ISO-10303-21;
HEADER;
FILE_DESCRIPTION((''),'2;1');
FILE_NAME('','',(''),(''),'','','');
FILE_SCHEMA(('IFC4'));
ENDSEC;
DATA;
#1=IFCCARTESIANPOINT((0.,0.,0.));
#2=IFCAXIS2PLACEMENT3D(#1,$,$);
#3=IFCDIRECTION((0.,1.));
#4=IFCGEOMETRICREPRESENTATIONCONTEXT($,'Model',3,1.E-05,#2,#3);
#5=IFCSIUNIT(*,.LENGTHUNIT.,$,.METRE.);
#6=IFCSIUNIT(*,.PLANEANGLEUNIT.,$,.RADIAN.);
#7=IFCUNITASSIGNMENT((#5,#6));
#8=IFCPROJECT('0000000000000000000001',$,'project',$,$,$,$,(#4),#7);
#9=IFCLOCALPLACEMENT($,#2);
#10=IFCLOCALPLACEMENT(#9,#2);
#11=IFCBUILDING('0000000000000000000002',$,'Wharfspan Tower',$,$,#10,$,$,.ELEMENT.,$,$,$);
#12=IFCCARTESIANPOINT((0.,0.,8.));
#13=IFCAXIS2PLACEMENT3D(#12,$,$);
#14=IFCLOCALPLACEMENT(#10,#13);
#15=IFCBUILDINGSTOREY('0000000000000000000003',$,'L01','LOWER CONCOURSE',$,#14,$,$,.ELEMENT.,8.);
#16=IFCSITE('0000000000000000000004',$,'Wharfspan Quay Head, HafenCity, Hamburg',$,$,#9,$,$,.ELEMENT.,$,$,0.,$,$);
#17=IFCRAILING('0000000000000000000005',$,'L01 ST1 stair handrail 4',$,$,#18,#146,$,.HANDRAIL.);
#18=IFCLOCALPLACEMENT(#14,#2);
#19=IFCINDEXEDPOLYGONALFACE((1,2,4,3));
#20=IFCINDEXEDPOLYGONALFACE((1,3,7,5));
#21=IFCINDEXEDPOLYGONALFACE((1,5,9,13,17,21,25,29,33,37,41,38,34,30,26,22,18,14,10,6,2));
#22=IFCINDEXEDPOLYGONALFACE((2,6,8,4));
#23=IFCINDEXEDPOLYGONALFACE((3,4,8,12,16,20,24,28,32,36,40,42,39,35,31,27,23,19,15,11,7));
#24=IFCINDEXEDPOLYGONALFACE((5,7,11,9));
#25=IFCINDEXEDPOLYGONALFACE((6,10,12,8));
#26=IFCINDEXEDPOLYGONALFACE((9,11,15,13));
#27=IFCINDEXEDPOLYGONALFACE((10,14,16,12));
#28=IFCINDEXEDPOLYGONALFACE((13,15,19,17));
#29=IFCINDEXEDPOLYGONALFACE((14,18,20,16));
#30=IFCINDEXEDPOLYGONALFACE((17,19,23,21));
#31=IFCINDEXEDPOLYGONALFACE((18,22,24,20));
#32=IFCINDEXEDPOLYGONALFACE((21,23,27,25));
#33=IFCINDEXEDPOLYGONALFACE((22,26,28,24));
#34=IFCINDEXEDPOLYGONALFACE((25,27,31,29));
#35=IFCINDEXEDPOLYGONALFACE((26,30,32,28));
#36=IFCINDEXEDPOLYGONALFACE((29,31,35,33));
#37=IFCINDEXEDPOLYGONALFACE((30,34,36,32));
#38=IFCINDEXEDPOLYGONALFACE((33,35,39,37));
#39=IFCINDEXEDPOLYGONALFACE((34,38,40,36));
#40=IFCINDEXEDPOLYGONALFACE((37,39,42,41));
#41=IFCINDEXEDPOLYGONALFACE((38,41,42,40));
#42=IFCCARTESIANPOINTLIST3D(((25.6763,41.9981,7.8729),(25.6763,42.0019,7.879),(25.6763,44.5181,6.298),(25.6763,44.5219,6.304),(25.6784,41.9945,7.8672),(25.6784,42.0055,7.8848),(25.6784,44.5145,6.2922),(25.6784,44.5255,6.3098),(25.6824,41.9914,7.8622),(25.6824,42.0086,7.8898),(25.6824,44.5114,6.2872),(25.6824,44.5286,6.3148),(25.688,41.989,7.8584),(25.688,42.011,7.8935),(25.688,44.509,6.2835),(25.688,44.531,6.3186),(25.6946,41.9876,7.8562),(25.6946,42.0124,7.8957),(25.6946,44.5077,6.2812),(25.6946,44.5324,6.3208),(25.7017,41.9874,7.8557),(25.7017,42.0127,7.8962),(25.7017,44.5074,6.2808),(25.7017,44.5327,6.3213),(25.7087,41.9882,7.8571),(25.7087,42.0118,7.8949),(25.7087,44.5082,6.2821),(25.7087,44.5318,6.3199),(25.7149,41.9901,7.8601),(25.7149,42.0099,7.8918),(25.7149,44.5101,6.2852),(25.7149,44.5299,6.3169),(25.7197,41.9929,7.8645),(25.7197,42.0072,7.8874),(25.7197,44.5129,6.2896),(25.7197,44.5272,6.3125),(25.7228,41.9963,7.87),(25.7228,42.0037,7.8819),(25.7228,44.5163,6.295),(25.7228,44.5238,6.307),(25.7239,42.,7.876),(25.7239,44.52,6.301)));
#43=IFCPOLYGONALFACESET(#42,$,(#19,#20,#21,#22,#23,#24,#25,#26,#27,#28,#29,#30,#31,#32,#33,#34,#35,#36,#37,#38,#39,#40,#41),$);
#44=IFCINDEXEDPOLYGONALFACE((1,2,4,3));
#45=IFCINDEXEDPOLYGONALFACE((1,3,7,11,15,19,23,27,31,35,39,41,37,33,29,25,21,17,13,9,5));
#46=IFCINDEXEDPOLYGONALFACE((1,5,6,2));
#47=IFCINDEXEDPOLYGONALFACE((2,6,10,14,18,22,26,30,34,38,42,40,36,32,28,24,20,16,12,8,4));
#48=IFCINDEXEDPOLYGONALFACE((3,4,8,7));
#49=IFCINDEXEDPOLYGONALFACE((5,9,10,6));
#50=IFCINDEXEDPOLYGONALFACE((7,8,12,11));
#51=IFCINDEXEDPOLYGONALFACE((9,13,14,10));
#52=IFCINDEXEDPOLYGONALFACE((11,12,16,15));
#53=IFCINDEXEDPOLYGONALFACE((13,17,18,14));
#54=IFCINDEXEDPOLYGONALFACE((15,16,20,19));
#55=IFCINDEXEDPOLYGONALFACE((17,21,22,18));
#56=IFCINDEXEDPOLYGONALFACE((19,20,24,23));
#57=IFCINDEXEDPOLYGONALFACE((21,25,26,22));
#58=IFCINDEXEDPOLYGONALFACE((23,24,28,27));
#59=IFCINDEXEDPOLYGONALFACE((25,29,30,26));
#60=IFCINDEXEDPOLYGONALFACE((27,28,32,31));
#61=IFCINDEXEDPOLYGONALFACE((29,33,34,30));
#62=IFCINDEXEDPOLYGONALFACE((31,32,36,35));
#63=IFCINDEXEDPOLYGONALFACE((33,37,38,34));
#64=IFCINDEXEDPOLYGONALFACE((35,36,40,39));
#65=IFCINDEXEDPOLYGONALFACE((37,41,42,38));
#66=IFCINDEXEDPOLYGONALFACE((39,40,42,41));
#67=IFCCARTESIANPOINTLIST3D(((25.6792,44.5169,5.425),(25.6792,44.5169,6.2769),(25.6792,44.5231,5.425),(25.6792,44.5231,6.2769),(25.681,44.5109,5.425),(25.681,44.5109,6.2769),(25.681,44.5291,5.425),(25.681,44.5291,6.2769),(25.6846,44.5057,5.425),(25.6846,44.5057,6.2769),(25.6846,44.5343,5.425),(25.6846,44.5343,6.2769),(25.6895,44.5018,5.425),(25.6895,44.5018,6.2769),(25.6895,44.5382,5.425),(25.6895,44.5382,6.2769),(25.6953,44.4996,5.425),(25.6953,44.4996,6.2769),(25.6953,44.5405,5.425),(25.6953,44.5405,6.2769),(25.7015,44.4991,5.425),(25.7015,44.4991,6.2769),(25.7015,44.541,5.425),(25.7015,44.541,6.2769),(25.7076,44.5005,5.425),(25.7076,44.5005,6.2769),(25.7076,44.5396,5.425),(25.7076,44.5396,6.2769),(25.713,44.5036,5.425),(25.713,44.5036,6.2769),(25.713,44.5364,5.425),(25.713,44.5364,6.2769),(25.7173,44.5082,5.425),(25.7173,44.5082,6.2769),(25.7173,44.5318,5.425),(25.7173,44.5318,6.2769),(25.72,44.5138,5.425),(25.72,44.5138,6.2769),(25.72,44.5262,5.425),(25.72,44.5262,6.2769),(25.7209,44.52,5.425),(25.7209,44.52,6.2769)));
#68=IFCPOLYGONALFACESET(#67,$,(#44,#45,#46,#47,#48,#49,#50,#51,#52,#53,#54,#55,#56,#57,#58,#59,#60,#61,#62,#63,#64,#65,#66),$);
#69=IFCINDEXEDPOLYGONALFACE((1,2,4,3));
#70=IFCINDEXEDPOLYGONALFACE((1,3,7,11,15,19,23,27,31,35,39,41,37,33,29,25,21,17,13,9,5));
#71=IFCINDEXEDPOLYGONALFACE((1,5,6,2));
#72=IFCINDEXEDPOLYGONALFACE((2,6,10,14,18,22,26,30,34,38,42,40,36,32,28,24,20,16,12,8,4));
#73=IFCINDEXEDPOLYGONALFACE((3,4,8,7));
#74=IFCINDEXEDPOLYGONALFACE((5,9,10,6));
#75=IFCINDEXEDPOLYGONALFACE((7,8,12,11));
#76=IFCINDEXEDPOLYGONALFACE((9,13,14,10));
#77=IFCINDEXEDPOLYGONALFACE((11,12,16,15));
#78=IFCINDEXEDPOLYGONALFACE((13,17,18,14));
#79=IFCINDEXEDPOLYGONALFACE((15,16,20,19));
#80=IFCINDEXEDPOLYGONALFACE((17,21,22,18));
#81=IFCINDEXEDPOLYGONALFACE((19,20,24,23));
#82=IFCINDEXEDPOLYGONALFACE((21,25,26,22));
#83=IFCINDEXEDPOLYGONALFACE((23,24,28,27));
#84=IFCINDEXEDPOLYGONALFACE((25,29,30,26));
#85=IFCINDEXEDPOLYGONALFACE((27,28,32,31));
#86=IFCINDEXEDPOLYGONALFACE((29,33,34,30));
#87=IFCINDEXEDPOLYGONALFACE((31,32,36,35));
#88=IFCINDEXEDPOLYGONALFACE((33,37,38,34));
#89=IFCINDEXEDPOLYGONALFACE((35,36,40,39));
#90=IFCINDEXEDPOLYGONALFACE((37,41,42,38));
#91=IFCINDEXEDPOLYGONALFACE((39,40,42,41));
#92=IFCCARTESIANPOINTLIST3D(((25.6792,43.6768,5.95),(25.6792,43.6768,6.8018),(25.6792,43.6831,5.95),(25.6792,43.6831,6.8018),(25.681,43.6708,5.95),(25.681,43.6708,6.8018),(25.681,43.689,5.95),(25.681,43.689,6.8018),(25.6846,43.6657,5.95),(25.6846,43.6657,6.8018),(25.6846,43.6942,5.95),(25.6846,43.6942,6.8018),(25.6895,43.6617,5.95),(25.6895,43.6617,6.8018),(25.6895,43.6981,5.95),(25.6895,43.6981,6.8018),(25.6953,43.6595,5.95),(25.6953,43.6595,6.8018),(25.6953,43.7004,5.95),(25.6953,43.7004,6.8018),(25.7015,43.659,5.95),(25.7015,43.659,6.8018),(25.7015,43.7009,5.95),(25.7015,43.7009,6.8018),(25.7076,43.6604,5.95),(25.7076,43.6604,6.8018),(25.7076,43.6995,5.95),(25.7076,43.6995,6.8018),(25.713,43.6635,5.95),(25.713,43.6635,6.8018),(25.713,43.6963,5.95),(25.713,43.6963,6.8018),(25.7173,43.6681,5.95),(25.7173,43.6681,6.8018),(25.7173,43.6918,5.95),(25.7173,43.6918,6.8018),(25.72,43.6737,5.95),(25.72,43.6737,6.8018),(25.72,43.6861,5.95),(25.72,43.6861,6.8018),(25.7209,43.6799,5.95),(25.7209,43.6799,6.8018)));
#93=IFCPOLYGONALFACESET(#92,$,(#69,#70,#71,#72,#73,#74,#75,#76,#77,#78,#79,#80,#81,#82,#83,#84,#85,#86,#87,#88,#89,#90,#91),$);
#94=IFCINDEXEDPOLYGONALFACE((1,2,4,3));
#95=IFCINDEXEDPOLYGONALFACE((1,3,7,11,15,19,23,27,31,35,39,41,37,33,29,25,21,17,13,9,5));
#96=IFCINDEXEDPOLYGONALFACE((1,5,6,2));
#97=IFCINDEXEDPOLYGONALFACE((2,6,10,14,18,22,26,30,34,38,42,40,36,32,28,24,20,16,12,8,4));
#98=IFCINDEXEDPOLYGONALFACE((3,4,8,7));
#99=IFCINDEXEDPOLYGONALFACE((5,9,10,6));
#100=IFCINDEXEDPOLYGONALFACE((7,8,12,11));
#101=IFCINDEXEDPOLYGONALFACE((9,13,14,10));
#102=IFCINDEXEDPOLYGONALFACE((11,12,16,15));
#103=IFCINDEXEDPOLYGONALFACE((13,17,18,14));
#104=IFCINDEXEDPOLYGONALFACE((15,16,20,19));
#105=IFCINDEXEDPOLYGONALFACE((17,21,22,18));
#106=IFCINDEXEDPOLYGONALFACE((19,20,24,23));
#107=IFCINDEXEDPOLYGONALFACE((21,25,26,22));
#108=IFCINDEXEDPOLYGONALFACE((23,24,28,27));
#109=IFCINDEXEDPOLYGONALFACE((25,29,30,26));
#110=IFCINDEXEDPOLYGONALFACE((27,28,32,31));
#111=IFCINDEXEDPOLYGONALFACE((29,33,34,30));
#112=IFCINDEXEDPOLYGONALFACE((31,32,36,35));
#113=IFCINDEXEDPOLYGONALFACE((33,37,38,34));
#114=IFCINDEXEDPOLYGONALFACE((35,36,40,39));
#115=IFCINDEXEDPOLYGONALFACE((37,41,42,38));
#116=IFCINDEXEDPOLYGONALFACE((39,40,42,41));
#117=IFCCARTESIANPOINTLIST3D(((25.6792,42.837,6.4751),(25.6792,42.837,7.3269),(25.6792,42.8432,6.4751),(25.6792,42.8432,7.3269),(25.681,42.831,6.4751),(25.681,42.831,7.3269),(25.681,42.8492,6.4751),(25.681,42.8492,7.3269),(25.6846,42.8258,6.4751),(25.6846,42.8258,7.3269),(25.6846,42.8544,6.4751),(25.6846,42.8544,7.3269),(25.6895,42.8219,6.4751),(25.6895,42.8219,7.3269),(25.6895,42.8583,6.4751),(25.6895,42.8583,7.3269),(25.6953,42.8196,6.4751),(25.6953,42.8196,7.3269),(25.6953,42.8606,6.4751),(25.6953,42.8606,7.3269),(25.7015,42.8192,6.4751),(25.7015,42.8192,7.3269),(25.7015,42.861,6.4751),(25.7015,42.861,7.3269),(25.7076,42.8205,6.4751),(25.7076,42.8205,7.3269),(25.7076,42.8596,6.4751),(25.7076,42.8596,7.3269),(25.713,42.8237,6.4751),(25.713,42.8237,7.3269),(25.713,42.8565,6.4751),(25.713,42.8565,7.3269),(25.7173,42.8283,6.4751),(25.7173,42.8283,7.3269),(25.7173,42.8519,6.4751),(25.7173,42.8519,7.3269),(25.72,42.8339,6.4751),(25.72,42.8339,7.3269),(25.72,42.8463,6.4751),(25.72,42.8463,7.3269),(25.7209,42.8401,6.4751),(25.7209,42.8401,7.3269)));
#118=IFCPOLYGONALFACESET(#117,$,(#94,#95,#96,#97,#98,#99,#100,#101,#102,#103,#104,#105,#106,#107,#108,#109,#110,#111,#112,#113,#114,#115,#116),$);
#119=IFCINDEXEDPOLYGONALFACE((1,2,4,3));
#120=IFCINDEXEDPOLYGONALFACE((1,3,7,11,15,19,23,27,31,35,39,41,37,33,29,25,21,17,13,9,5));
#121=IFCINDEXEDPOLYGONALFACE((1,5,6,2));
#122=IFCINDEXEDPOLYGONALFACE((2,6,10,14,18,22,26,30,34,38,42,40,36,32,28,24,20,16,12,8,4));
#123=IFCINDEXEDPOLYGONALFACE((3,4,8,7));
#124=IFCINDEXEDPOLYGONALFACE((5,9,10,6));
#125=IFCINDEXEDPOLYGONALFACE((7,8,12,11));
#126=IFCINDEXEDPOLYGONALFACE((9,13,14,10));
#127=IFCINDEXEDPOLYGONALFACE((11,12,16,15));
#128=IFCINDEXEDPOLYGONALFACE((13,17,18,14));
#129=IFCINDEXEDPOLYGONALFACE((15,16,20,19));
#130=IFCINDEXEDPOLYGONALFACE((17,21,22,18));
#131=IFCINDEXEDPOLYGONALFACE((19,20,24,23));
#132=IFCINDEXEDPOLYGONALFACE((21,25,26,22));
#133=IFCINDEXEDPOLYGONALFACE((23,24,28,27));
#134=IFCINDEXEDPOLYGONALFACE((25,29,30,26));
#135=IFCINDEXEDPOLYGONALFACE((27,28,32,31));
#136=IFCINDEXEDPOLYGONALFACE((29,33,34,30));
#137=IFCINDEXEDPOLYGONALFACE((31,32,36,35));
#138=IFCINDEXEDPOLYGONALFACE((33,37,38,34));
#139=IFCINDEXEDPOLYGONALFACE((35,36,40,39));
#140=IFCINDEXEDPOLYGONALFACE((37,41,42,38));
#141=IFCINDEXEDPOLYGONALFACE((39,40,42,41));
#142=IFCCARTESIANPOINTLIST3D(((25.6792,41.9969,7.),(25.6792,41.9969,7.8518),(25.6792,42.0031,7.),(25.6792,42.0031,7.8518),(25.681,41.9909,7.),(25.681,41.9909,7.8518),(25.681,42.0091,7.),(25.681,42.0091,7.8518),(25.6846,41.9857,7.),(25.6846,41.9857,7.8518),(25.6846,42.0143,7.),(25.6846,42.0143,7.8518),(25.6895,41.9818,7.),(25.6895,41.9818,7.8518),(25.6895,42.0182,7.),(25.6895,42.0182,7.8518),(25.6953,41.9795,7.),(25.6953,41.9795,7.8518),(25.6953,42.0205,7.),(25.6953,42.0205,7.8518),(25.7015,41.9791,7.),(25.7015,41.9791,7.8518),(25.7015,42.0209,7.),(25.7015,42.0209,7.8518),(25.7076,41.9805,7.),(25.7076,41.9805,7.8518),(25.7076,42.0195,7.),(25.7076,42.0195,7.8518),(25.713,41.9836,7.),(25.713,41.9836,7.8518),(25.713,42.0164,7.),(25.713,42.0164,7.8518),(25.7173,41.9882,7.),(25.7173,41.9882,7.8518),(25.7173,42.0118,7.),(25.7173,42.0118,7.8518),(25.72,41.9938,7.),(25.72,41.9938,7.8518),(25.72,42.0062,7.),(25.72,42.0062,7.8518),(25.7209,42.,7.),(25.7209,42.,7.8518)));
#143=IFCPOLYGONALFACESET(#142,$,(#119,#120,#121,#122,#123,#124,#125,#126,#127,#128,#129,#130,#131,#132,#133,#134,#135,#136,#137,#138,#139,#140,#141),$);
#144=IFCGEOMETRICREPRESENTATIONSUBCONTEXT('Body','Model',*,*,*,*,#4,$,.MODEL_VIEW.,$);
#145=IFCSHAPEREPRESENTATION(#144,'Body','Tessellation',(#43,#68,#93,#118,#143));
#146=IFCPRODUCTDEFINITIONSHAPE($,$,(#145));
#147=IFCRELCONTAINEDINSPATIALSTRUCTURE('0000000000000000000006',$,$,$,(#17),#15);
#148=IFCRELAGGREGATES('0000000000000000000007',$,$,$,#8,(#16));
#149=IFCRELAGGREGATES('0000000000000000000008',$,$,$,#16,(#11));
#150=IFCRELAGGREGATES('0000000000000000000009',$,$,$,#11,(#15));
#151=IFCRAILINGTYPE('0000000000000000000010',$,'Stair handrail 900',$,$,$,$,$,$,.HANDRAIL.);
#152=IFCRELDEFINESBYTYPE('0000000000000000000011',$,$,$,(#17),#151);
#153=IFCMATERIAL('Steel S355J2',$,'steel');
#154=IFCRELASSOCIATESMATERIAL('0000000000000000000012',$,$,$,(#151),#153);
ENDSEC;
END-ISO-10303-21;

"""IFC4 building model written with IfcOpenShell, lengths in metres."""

from ifc_helpers import new_model, si_unit, direction, frame, origin, origin_2d, place, context, subcontext, project, spatial, circle, extrude, material, type_object, element, save


model = new_model("IFC4")

# Units and contexts
model_context = context("Model", 3, precision=1e-05, world=origin(), true_north=direction((0.0, 1.0)))
body_context = subcontext(model_context, "Body", "Model", "MODEL_VIEW")
ifc_project = project(units=[si_unit("LENGTHUNIT", "METRE"), si_unit("PLANEANGLEUNIT", "RADIAN")], contexts=[model_context])

# Site, building, storey
site_placement = place(None, origin())
site = spatial("IfcSite", under=ifc_project, at=site_placement, Name="Wharfspan Quay Head, HafenCity, Hamburg", CompositionType="ELEMENT", RefElevation=0.0)
building_placement = place(site_placement, origin())
building = spatial("IfcBuilding", under=site, at=building_placement, Name="Wharfspan Tower", CompositionType="ELEMENT")
storey_placement = place(building_placement, frame((0.0, 0.0, 8.0)))
storey = spatial("IfcBuildingStorey", under=building, at=storey_placement, Name="L01", Description="LOWER CONCOURSE", CompositionType="ELEMENT", Elevation=8.0)

# Railing
ifc_material_1 = material(Name="Steel S355J2", Category="steel")
railing_type = type_object("IfcRailingType", Name="Stair handrail 900", PredefinedType="HANDRAIL", material=ifc_material_1)
railing_placement = place(storey_placement, frame((25.7, 44.52, 5.425)))
element("IfcRailing", 1, at=railing_placement, inside=storey, type_object=railing_type, Name="L01 ST1 stair handrail 4", PredefinedType="HANDRAIL", context=body_context, shape_type="SweptSolid", body=[
    extrude(circle(Radius=0.0239, at=origin_2d()), frame((0.0, 0.0, 0.876), z_axis=(0.0, -0.848008, 0.529984), x_axis=(1.0, 0.0, 0.0)), (0.0, 0.0, 1.0), 2.9717),
    extrude(circle(Radius=0.021, at=origin_2d()), origin(), (0.0, 0.0, 1.0), 0.8518),
    extrude(circle(Radius=0.021, at=origin_2d()), frame((0.0, -0.8401, 0.5249)), (0.0, 0.0, 1.0), 0.8518),
    extrude(circle(Radius=0.021, at=origin_2d()), frame((0.0, -1.6799, 1.05)), (0.0, 0.0, 1.0), 0.8518),
    extrude(circle(Radius=0.021, at=origin_2d()), frame((0.0, -2.52, 1.575)), (0.0, 0.0, 1.0), 0.8518),
])

save(model, "model.ifc")
